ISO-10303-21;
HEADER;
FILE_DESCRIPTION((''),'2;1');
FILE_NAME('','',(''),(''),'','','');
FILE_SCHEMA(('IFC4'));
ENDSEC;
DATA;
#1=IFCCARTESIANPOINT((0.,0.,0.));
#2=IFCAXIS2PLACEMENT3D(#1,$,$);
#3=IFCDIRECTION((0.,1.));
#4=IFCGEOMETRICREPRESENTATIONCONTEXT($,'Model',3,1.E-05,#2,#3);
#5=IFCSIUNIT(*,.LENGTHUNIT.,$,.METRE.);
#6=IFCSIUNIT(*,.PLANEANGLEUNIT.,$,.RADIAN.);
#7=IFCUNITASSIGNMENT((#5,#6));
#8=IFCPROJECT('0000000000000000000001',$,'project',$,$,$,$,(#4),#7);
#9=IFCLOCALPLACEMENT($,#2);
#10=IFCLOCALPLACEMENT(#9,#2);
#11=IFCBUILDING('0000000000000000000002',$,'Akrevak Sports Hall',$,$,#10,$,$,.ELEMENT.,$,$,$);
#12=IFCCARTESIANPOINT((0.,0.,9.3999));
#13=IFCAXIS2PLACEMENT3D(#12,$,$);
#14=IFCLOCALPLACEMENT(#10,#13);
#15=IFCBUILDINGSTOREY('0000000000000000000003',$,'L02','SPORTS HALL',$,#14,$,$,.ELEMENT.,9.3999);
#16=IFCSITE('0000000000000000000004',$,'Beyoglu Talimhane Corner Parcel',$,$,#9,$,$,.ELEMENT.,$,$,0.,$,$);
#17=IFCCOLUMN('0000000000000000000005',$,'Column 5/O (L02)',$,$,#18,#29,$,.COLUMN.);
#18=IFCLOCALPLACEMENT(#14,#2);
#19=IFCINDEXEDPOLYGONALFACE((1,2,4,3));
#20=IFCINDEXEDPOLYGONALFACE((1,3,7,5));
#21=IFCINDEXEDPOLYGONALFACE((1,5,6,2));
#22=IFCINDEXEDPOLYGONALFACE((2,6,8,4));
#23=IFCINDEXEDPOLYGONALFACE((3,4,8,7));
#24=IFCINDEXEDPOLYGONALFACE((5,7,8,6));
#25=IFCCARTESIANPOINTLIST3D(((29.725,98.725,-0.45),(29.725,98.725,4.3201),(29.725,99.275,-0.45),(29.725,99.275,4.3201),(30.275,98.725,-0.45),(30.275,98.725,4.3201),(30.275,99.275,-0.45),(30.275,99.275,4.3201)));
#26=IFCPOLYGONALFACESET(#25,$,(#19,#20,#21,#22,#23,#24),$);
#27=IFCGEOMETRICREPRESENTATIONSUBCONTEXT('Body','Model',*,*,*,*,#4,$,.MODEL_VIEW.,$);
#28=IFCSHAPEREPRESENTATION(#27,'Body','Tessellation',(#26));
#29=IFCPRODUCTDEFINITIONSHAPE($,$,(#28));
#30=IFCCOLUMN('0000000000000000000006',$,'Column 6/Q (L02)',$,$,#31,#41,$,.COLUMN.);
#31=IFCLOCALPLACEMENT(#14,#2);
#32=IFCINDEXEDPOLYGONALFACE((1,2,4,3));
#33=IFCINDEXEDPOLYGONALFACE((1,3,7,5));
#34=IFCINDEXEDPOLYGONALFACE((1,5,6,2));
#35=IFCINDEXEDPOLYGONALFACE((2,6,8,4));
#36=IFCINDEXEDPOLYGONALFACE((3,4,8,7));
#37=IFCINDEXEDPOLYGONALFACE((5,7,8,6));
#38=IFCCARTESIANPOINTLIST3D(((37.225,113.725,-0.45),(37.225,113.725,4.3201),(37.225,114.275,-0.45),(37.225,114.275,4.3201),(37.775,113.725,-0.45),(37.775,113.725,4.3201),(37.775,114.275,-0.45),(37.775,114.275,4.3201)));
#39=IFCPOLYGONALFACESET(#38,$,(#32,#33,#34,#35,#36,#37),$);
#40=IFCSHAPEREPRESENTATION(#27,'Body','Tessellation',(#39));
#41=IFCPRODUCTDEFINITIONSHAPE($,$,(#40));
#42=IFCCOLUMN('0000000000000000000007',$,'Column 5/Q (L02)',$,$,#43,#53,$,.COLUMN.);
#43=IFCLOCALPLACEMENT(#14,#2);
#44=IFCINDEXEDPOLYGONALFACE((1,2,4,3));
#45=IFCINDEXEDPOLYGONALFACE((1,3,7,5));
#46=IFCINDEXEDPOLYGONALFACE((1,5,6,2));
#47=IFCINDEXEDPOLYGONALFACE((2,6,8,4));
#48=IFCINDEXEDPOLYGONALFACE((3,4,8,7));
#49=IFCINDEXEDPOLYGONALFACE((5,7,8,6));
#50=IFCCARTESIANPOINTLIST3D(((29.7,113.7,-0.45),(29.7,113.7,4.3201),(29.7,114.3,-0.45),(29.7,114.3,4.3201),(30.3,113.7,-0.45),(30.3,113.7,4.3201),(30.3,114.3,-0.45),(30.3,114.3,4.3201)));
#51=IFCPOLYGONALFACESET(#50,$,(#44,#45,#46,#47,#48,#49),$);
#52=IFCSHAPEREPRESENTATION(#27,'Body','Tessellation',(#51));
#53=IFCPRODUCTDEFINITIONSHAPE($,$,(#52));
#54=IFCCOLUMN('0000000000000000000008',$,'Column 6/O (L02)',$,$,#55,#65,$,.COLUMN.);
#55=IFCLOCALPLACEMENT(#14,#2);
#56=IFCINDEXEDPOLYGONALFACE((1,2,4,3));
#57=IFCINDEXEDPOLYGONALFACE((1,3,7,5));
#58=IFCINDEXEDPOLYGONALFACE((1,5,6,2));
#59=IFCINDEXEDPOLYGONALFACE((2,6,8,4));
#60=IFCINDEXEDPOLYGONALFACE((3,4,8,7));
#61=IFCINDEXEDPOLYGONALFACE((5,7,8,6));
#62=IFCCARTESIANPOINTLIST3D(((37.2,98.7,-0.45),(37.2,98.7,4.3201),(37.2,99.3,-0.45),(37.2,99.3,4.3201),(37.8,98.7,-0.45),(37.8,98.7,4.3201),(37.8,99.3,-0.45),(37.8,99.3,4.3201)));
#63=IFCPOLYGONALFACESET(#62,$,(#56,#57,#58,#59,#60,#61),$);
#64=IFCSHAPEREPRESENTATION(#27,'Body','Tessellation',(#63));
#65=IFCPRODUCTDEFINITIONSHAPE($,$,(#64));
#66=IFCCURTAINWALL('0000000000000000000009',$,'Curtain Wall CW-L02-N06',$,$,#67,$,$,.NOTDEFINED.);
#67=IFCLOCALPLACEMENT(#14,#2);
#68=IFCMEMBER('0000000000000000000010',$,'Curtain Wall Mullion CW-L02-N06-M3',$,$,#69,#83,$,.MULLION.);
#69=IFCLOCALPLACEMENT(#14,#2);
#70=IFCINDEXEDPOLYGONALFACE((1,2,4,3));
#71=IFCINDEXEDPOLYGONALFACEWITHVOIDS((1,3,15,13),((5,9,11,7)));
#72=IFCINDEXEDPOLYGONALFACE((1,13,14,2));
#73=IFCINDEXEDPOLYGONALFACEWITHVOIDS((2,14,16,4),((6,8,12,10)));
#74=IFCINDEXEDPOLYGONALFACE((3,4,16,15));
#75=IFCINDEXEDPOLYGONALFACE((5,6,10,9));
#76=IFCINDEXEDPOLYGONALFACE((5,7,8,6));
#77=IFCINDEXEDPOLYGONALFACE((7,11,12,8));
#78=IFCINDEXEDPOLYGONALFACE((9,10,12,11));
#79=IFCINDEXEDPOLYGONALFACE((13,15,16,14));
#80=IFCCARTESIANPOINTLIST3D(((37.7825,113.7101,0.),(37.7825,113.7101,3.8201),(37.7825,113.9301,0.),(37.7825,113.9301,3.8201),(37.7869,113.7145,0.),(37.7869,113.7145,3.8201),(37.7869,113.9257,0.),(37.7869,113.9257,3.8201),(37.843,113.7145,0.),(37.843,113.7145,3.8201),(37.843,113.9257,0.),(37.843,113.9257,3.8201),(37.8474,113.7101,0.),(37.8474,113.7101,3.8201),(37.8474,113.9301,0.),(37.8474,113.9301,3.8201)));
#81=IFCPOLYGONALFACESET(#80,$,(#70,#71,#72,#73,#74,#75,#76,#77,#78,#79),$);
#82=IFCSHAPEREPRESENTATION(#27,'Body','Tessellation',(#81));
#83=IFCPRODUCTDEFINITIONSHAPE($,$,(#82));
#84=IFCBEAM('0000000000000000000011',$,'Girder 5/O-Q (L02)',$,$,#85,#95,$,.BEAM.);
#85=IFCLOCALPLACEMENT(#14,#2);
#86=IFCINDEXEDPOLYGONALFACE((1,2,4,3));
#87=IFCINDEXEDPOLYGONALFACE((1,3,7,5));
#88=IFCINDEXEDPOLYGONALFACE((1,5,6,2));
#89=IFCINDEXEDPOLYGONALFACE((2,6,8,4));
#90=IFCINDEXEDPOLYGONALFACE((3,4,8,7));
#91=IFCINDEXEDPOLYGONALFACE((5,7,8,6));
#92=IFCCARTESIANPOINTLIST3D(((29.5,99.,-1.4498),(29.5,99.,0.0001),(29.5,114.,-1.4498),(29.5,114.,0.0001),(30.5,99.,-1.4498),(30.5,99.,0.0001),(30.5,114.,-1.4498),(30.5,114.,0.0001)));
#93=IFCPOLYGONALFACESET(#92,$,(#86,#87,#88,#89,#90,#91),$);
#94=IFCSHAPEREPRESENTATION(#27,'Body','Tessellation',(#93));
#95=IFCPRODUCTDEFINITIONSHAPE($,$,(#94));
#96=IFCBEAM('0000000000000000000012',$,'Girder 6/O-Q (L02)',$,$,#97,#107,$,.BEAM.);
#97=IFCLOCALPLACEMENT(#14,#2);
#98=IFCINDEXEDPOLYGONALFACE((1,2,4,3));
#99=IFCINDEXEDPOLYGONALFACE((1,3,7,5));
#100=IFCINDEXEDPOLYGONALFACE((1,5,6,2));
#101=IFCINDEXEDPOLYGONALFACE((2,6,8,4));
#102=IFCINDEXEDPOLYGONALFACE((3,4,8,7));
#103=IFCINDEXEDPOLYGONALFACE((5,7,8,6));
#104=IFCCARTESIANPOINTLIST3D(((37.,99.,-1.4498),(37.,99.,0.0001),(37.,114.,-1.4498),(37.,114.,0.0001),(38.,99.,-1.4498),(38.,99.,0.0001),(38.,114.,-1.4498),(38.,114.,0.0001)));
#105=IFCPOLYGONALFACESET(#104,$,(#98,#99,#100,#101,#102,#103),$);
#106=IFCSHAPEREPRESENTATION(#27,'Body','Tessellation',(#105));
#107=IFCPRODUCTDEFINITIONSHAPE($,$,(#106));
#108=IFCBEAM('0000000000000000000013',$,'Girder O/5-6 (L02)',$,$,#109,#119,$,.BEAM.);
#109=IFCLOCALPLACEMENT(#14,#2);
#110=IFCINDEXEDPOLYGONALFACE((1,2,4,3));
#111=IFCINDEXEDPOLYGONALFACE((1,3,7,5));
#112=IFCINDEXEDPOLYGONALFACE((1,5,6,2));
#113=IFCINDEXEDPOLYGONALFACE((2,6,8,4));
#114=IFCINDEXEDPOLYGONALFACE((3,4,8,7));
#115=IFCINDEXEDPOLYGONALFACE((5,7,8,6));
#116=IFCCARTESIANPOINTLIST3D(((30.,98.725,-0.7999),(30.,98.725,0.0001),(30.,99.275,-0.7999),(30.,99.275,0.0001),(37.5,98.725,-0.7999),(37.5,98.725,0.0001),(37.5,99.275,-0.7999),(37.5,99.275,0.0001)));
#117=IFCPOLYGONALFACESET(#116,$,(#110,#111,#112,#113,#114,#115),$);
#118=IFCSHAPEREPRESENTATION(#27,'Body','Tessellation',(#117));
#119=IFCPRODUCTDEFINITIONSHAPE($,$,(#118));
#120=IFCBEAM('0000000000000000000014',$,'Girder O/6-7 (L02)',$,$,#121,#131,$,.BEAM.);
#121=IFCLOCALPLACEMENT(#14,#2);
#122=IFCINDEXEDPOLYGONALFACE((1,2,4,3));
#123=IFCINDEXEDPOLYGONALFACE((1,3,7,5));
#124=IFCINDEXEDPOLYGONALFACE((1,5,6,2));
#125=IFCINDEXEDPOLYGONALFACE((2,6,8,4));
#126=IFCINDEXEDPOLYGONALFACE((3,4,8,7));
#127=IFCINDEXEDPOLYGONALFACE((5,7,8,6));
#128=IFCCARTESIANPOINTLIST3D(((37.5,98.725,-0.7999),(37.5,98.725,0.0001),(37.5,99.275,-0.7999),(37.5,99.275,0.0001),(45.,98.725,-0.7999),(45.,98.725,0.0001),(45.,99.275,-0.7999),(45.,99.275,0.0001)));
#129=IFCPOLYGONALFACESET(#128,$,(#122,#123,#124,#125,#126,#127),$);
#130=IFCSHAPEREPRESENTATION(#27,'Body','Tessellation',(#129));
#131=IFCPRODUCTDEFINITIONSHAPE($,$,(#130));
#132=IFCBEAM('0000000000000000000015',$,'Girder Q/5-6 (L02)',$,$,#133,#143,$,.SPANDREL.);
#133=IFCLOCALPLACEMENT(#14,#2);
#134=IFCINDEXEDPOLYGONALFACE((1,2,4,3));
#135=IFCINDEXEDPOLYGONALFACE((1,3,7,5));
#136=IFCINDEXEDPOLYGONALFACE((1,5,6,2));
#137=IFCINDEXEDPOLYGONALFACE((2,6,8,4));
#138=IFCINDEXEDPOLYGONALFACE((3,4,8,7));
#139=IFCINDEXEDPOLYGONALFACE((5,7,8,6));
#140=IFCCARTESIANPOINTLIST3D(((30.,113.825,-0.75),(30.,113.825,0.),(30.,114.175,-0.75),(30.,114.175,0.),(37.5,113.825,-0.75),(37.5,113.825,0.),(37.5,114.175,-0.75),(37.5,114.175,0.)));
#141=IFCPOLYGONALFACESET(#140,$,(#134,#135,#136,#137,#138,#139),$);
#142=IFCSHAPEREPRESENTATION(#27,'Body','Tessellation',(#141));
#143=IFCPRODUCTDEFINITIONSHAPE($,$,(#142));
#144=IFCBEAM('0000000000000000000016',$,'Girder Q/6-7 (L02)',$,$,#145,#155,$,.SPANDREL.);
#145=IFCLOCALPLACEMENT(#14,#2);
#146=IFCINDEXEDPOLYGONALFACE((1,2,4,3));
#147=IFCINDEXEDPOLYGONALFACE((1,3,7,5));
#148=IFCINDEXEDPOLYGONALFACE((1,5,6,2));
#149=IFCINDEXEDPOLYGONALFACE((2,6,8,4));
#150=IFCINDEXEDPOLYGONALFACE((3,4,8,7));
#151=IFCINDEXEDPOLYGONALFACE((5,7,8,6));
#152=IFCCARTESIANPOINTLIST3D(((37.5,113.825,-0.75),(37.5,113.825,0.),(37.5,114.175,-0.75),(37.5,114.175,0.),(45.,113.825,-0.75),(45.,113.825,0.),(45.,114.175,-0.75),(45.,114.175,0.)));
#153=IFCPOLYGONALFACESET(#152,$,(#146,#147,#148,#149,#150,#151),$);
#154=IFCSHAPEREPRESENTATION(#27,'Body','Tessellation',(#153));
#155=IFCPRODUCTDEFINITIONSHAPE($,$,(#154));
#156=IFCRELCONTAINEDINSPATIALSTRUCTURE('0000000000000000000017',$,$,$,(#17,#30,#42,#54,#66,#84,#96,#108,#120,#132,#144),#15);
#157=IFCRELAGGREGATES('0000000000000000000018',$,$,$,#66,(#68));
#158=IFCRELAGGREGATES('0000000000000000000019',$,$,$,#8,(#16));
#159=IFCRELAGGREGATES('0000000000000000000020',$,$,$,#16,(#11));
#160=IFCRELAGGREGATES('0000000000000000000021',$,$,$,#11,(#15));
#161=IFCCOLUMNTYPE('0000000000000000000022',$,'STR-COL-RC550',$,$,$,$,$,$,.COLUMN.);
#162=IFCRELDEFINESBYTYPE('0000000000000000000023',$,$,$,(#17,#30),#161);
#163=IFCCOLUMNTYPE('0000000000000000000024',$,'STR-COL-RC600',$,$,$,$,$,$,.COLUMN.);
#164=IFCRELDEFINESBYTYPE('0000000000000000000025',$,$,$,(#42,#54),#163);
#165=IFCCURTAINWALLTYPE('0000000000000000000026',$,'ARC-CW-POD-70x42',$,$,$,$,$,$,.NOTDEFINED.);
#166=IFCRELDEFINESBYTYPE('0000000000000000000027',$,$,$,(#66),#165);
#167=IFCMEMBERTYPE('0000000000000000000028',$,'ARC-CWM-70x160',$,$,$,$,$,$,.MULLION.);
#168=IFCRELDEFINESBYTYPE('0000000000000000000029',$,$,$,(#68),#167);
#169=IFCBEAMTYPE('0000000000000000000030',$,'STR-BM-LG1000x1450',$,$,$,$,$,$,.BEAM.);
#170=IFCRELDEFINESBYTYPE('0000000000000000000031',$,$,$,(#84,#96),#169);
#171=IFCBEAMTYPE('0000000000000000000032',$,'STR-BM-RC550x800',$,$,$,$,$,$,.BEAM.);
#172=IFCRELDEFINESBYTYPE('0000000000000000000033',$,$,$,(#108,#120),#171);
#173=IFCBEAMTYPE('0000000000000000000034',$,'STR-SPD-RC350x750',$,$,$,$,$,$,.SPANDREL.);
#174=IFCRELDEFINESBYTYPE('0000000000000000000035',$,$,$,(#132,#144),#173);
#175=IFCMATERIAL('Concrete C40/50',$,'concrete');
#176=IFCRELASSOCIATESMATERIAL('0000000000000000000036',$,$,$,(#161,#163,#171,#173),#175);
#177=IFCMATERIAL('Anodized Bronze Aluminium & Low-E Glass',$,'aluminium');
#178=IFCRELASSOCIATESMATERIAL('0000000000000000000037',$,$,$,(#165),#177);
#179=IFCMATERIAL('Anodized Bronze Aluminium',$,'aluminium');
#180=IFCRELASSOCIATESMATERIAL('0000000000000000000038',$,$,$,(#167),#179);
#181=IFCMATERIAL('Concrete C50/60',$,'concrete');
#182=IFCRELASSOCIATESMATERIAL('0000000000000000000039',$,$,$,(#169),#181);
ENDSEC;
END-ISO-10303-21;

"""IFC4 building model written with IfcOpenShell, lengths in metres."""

from ifc_helpers import new_model, si_unit, direction, frame, origin, origin_2d, place, context, subcontext, project, spatial, rectangle, hollow_rectangle, extrude, material, material_profile, profile_set, type_object, element, aggregate, save


model = new_model("IFC4")

# Units and contexts
model_context = context("Model", 3, precision=1e-05, world=origin(), true_north=direction((0.0, 1.0)))
body_context = subcontext(model_context, "Body", "Model", "MODEL_VIEW")
ifc_project = project(units=[si_unit("LENGTHUNIT", "METRE"), si_unit("PLANEANGLEUNIT", "RADIAN")], contexts=[model_context])

# Site, building, storey
site_placement = place(None, origin())
site = spatial("IfcSite", under=ifc_project, at=site_placement, Name="Beyoglu Talimhane Corner Parcel", CompositionType="ELEMENT", RefElevation=0.0)
building_placement = place(site_placement, origin())
building = spatial("IfcBuilding", under=site, at=building_placement, Name="Akrevak Sports Hall", CompositionType="ELEMENT")
storey_placement = place(building_placement, frame((0.0, 0.0, 9.3999)))
storey = spatial("IfcBuildingStorey", under=building, at=storey_placement, Name="L02", Description="SPORTS HALL", CompositionType="ELEMENT", Elevation=9.3999)

# Columns
ifc_material_1 = material(Name="Concrete C40/50", Category="concrete")
ifc_material_profile_1 = material_profile(ifc_material_1, rectangle(XDim=0.55, YDim=0.55, at=origin_2d()), Name="RC 550x550", Category="concrete")
ifc_profile_set_1 = profile_set([ifc_material_profile_1], Name="Concrete C40/50")
column_type_1 = type_object("IfcColumnType", Name="STR-COL-RC550", PredefinedType="COLUMN", material=ifc_profile_set_1)
for number, where, z_axis, x_axis, name in (
    (1, (30.0, 99.0, -0.45), (0.0, 0.0, 1.0), (1.0, 0.0, 0.0), "Column 5/O (L02)"),
    (2, (37.5, 114.0, -0.45), (0.0, 0.0, 1.0), (1.0, 0.0, 0.0), "Column 6/Q (L02)"),
):
    element("IfcColumn", number, at=place(storey_placement, frame(where, z_axis=z_axis, x_axis=x_axis)), inside=storey, type_object=column_type_1, Name=name, PredefinedType="COLUMN", context=body_context, shape_type="SweptSolid", body=[
        extrude(rectangle(XDim=0.55, YDim=0.55, at=origin_2d()), origin(), (0.0, 0.0, 1.0), 4.77),
    ])
ifc_material_profile_2 = material_profile(ifc_material_1, rectangle(XDim=0.6001, YDim=0.6001, at=origin_2d()), Name="RC 600x600", Category="concrete")
ifc_profile_set_2 = profile_set([ifc_material_profile_2], Name="Concrete C40/50")
column_type_2 = type_object("IfcColumnType", Name="STR-COL-RC600", PredefinedType="COLUMN", material=ifc_profile_set_2)
for number, where, z_axis, x_axis, name in (
    (3, (30.0, 114.0, -0.45), (0.0, 0.0, 1.0), (1.0, 0.0, 0.0), "Column 5/Q (L02)"),
    (4, (37.5, 99.0, -0.45), (0.0, 0.0, 1.0), (1.0, 0.0, 0.0), "Column 6/O (L02)"),
):
    element("IfcColumn", number, at=place(storey_placement, frame(where, z_axis=z_axis, x_axis=x_axis)), inside=storey, type_object=column_type_2, Name=name, PredefinedType="COLUMN", context=body_context, shape_type="SweptSolid", body=[
        extrude(rectangle(XDim=0.6001, YDim=0.6001, at=origin_2d()), origin(), (0.0, 0.0, 1.0), 4.77),
    ])

# Curtain wall, member
ifc_material_2 = material(Name="Anodized Bronze Aluminium & Low-E Glass", Category="aluminium")
curtain_wall_type = type_object("IfcCurtainWallType", Name="ARC-CW-POD-70x42", PredefinedType="NOTDEFINED", material=ifc_material_2)
curtain_wall_placement = place(storey_placement, origin())
curtain_wall = element("IfcCurtainWall", 5, at=curtain_wall_placement, inside=storey, type_object=curtain_wall_type, Name="Curtain Wall CW-L02-N06", PredefinedType="NOTDEFINED")
ifc_material_3 = material(Name="Anodized Bronze Aluminium", Category="aluminium")
ifc_material_profile_3 = material_profile(ifc_material_3, hollow_rectangle(XDim=0.0649, YDim=0.22, WallThickness=0.0044, at=origin_2d()), Name="CWM 65x220", Category="aluminium")
ifc_profile_set_3 = profile_set([ifc_material_profile_3], Name="Anodized Bronze Aluminium")
member_type = type_object("IfcMemberType", Name="ARC-CWM-70x160", PredefinedType="MULLION", material=ifc_profile_set_3)
member_placement = place(storey_placement, frame((37.8149, 113.8201, 0.0), z_axis=(0.0, 0.0, 1.0), x_axis=(-1.0, 0.0, 0.0)))
member = element("IfcMember", 6, at=member_placement, type_object=member_type, Name="Curtain Wall Mullion CW-L02-N06-M3", PredefinedType="MULLION", context=body_context, shape_type="SweptSolid", body=[
    extrude(hollow_rectangle(XDim=0.0649, YDim=0.22, WallThickness=0.0044, at=origin_2d()), origin(), (0.0, 0.0, 1.0), 3.8201),
])
aggregate(curtain_wall, [member])

# Beams
ifc_material_4 = material(Name="Concrete C50/60", Category="concrete")
ifc_material_profile_4 = material_profile(ifc_material_4, rectangle(XDim=1.0, YDim=1.45, at=origin_2d()), Name="BM 1000x1450", Category="concrete")
ifc_profile_set_4 = profile_set([ifc_material_profile_4], Name="Concrete C50/60")
beam_type_1 = type_object("IfcBeamType", Name="STR-BM-LG1000x1450", PredefinedType="BEAM", material=ifc_profile_set_4)
for number, where, z_axis, x_axis, name in (
    (7, (30.0, 99.0, -0.7249), (0.0, 1.0, 0.0), (-1.0, 0.0, 0.0), "Girder 5/O-Q (L02)"),
    (8, (37.5, 99.0, -0.7249), (0.0, 1.0, 0.0), (-1.0, 0.0, 0.0), "Girder 6/O-Q (L02)"),
):
    element("IfcBeam", number, at=place(storey_placement, frame(where, z_axis=z_axis, x_axis=x_axis)), inside=storey, type_object=beam_type_1, Name=name, PredefinedType="BEAM", context=body_context, shape_type="SweptSolid", body=[
        extrude(rectangle(XDim=1.0, YDim=1.45, at=origin_2d()), origin(), (0.0, 0.0, 1.0), 15.0),
    ])
ifc_material_profile_5 = material_profile(ifc_material_1, rectangle(XDim=0.55, YDim=0.8, at=origin_2d()), Name="BM 550x800", Category="concrete")
ifc_profile_set_5 = profile_set([ifc_material_profile_5], Name="Concrete C40/50")
beam_type_2 = type_object("IfcBeamType", Name="STR-BM-RC550x800", PredefinedType="BEAM", material=ifc_profile_set_5)
for number, where, z_axis, x_axis, name in (
    (9, (30.0, 99.0, -0.3999), (1.0, 0.0, 0.0), (0.0, 1.0, 0.0), "Girder O/5-6 (L02)"),
    (10, (37.5, 99.0, -0.3999), (1.0, 0.0, 0.0), (0.0, 1.0, 0.0), "Girder O/6-7 (L02)"),
):
    element("IfcBeam", number, at=place(storey_placement, frame(where, z_axis=z_axis, x_axis=x_axis)), inside=storey, type_object=beam_type_2, Name=name, PredefinedType="BEAM", context=body_context, shape_type="SweptSolid", body=[
        extrude(rectangle(XDim=0.55, YDim=0.8, at=origin_2d()), origin(), (0.0, 0.0, 1.0), 7.5),
    ])
ifc_material_profile_6 = material_profile(ifc_material_1, rectangle(XDim=0.3501, YDim=0.75, at=origin_2d()), Name="SPD 350x750", Category="concrete")
ifc_profile_set_6 = profile_set([ifc_material_profile_6], Name="Concrete C40/50")
beam_type_3 = type_object("IfcBeamType", Name="STR-SPD-RC350x750", PredefinedType="SPANDREL", material=ifc_profile_set_6)
for number, where, z_axis, x_axis, name in (
    (11, (30.0, 114.0, -0.375), (1.0, 0.0, 0.0), (0.0, 1.0, 0.0), "Girder Q/5-6 (L02)"),
    (12, (37.5, 114.0, -0.375), (1.0, 0.0, 0.0), (0.0, 1.0, 0.0), "Girder Q/6-7 (L02)"),
):
    element("IfcBeam", number, at=place(storey_placement, frame(where, z_axis=z_axis, x_axis=x_axis)), inside=storey, type_object=beam_type_3, Name=name, PredefinedType="SPANDREL", context=body_context, shape_type="SweptSolid", body=[
        extrude(rectangle(XDim=0.3501, YDim=0.75, at=origin_2d()), origin(), (0.0, 0.0, 1.0), 7.5),
    ])

save(model, "model.ifc")
